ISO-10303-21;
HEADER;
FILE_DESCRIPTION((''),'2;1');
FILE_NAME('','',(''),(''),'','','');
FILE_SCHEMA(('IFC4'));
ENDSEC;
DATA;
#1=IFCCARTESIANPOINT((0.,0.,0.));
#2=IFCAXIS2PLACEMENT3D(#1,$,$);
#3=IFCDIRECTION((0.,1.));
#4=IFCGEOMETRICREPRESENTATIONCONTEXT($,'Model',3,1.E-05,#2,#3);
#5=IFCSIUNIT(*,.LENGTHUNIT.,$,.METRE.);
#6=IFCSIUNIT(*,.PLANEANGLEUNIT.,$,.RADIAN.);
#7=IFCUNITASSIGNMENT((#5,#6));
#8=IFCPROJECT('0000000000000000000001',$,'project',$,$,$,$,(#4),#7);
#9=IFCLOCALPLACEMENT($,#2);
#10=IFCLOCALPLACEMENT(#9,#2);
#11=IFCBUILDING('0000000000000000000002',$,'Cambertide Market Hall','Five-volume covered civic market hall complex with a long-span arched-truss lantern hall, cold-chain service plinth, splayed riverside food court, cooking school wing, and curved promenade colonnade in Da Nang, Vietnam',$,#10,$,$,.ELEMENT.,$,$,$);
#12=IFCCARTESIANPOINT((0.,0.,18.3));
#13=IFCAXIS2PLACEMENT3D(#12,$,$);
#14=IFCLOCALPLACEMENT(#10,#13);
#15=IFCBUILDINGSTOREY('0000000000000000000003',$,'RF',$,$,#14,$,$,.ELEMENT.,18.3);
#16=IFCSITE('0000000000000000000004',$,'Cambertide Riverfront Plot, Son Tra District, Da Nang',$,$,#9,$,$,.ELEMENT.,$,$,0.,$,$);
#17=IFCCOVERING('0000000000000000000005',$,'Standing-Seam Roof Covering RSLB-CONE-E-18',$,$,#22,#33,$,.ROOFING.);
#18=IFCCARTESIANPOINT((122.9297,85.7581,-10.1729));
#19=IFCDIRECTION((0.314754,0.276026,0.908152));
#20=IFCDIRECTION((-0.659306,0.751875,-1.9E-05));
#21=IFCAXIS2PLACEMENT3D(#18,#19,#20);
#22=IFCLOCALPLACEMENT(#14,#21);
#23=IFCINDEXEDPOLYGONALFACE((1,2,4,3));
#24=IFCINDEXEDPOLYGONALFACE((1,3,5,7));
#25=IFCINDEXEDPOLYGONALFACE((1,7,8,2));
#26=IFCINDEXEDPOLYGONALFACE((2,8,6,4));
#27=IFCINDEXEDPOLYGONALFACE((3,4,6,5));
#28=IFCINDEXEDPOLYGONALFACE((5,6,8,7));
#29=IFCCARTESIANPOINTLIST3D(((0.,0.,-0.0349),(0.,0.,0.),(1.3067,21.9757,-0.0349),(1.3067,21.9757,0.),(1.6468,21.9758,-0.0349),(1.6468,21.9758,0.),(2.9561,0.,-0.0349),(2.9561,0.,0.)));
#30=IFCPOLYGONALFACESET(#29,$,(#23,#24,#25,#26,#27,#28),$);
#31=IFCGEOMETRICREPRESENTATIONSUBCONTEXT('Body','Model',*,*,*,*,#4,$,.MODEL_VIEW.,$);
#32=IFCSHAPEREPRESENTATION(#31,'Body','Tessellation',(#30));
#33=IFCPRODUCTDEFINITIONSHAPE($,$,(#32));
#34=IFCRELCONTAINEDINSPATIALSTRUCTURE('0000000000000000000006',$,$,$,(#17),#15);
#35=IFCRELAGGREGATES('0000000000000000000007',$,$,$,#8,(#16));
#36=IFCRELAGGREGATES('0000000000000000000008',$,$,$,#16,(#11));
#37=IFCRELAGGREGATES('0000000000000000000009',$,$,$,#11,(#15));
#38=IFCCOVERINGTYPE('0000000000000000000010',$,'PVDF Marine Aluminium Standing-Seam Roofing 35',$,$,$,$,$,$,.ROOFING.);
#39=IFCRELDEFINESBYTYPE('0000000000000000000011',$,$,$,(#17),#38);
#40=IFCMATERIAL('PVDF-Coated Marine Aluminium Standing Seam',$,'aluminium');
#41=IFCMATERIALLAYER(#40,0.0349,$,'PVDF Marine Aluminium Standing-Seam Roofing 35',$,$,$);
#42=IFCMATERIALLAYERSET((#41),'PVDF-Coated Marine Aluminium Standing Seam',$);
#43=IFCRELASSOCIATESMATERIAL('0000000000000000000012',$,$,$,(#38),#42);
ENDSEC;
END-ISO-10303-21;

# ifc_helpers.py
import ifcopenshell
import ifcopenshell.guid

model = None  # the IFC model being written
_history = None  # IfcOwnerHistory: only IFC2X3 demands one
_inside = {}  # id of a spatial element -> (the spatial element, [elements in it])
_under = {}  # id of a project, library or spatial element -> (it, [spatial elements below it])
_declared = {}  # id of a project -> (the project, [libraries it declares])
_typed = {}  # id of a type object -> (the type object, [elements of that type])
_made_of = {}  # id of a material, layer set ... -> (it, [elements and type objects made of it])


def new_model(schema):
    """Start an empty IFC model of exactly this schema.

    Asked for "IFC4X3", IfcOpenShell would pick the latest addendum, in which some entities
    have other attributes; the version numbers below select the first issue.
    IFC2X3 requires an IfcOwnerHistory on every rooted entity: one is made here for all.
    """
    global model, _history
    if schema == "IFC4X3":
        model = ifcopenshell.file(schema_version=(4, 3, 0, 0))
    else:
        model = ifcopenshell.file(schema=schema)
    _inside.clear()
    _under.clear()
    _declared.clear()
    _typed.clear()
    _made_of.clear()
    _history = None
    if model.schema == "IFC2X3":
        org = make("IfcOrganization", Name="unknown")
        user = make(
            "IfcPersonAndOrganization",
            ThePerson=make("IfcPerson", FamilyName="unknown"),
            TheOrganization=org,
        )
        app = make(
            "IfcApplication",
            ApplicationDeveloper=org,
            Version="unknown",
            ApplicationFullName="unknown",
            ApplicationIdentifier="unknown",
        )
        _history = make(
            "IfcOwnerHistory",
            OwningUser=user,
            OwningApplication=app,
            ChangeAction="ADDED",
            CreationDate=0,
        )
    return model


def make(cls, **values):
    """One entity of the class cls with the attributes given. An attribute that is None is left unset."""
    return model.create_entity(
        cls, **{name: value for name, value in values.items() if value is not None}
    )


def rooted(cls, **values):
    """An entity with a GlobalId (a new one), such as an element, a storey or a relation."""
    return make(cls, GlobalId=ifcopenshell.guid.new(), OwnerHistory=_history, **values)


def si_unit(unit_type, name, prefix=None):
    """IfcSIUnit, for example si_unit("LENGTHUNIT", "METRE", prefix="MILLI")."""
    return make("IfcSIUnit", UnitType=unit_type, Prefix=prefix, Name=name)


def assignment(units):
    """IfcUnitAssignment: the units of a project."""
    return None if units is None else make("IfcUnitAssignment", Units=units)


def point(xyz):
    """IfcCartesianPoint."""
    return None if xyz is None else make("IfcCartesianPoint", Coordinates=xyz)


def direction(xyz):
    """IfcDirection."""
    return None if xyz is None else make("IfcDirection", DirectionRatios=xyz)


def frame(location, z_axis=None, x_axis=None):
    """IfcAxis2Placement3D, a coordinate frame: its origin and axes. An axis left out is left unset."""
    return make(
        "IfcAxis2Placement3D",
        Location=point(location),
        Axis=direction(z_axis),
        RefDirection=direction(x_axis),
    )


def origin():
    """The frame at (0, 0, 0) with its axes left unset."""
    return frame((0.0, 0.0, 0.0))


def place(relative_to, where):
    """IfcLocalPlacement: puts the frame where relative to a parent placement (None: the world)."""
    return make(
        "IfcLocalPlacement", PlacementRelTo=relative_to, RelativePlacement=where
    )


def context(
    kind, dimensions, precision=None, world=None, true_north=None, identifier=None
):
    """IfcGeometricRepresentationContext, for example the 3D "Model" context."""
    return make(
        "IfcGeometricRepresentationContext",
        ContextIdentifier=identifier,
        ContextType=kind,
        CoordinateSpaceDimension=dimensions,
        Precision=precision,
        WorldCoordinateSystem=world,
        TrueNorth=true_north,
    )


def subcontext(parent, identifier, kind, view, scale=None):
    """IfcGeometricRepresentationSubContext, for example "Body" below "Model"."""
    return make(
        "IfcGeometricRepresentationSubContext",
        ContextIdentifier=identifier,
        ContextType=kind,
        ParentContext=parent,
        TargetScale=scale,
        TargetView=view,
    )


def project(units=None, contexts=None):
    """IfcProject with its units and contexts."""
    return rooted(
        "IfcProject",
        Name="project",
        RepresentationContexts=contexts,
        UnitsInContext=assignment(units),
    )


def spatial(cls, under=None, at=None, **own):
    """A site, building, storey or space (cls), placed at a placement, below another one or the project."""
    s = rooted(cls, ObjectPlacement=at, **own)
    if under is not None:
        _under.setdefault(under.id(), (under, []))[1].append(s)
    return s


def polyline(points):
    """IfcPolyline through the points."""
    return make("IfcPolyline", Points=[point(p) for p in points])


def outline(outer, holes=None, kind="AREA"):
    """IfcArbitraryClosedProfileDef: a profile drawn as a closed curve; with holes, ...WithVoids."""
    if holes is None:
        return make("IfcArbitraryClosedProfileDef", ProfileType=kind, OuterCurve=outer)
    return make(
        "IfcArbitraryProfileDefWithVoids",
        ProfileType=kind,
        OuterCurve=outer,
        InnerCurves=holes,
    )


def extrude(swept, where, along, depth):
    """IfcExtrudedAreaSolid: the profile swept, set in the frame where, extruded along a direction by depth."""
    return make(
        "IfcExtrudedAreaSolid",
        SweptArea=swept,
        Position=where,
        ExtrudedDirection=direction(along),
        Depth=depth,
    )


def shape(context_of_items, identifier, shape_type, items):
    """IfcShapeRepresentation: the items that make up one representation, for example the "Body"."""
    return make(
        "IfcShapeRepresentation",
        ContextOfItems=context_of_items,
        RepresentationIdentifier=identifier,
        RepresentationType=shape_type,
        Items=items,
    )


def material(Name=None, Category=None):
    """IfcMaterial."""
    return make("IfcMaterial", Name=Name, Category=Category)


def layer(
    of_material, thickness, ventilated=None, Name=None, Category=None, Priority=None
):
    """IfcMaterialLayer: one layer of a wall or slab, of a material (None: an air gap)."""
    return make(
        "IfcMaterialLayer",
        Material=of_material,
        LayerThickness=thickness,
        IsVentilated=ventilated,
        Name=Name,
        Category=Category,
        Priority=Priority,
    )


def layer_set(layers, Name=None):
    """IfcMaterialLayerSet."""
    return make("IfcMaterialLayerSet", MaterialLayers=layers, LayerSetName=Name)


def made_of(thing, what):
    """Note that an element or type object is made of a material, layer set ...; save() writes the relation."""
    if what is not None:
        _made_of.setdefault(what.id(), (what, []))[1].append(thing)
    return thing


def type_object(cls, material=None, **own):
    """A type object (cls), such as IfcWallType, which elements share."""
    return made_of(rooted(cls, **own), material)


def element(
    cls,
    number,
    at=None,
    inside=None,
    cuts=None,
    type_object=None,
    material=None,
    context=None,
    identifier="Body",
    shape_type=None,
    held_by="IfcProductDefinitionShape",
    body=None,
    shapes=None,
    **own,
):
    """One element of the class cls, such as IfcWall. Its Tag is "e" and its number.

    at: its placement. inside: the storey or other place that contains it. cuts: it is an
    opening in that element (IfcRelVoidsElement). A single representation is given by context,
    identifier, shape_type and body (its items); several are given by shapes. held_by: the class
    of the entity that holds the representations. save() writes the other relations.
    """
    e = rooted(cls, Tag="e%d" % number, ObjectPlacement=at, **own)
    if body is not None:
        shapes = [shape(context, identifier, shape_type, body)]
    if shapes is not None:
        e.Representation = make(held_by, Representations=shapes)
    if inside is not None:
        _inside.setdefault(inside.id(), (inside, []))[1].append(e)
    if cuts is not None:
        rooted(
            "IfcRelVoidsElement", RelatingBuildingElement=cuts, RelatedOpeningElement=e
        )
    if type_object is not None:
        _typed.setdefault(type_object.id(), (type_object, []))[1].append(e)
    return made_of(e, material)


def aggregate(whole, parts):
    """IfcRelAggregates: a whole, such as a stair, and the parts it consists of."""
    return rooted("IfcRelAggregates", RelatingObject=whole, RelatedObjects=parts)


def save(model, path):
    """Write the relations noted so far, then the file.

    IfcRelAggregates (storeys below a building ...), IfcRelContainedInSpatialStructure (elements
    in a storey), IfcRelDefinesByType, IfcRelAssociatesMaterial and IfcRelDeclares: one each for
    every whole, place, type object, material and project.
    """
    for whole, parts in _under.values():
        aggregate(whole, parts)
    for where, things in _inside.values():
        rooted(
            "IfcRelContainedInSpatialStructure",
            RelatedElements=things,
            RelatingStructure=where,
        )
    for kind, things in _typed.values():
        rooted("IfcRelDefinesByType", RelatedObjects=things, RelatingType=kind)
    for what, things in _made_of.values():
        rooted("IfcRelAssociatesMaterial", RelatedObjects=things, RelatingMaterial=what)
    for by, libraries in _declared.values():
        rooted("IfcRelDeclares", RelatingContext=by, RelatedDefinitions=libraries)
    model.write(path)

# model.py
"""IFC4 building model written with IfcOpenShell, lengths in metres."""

from ifc_helpers import new_model, si_unit, direction, frame, origin, place, context, subcontext, project, spatial, polyline, outline, extrude, material, layer, layer_set, type_object, element, save


model = new_model("IFC4")

# Units and contexts
model_context = context("Model", 3, precision=1e-05, world=origin(), true_north=direction((0.0, 1.0)))
body_context = subcontext(model_context, "Body", "Model", "MODEL_VIEW")
ifc_project = project(units=[si_unit("LENGTHUNIT", "METRE"), si_unit("PLANEANGLEUNIT", "RADIAN")], contexts=[model_context])

# Site, building, storey
site_placement = place(None, origin())
site = spatial("IfcSite", under=ifc_project, at=site_placement, Name="Cambertide Riverfront Plot, Son Tra District, Da Nang", CompositionType="ELEMENT", RefElevation=0.0)
building_placement = place(site_placement, origin())
building = spatial("IfcBuilding", under=site, at=building_placement, Name="Cambertide Market Hall", Description="Five-volume covered civic market hall complex with a long-span arched-truss lantern hall, cold-chain service plinth, splayed riverside food court, cooking school wing, and curved promenade colonnade in Da Nang, Vietnam", CompositionType="ELEMENT")
storey_placement = place(building_placement, frame((0.0, 0.0, 18.3)))
storey = spatial("IfcBuildingStorey", under=building, at=storey_placement, Name="RF", CompositionType="ELEMENT", Elevation=18.3)

# Covering
ifc_material_1 = material(Name="PVDF-Coated Marine Aluminium Standing Seam", Category="aluminium")
ifc_layer_1 = layer(ifc_material_1, 0.0349, Name="PVDF Marine Aluminium Standing-Seam Roofing 35")
ifc_layer_set_1 = layer_set([ifc_layer_1], Name="PVDF-Coated Marine Aluminium Standing Seam")
covering_type = type_object("IfcCoveringType", Name="PVDF Marine Aluminium Standing-Seam Roofing 35", PredefinedType="ROOFING", material=ifc_layer_set_1)
covering_1_placement = place(storey_placement, frame((122.9297, 85.7581, -10.1729), z_axis=(0.314754, 0.276026, 0.908152), x_axis=(-0.659306, 0.751875, -0.000019)))
element("IfcCovering", 1, at=covering_1_placement, inside=storey, type_object=covering_type, Name="Standing-Seam Roof Covering RSLB-CONE-E-18", PredefinedType="ROOFING", context=body_context, shape_type="SweptSolid", body=[
    extrude(outline(polyline([(0.0, 0.0), (2.9561, 0.0), (1.6468, 21.9758), (1.3067, 21.9757), (0.0, 0.0)])), origin(), (0.0, 0.0, -1.0), 0.0349),
])

save(model, "model.ifc")
